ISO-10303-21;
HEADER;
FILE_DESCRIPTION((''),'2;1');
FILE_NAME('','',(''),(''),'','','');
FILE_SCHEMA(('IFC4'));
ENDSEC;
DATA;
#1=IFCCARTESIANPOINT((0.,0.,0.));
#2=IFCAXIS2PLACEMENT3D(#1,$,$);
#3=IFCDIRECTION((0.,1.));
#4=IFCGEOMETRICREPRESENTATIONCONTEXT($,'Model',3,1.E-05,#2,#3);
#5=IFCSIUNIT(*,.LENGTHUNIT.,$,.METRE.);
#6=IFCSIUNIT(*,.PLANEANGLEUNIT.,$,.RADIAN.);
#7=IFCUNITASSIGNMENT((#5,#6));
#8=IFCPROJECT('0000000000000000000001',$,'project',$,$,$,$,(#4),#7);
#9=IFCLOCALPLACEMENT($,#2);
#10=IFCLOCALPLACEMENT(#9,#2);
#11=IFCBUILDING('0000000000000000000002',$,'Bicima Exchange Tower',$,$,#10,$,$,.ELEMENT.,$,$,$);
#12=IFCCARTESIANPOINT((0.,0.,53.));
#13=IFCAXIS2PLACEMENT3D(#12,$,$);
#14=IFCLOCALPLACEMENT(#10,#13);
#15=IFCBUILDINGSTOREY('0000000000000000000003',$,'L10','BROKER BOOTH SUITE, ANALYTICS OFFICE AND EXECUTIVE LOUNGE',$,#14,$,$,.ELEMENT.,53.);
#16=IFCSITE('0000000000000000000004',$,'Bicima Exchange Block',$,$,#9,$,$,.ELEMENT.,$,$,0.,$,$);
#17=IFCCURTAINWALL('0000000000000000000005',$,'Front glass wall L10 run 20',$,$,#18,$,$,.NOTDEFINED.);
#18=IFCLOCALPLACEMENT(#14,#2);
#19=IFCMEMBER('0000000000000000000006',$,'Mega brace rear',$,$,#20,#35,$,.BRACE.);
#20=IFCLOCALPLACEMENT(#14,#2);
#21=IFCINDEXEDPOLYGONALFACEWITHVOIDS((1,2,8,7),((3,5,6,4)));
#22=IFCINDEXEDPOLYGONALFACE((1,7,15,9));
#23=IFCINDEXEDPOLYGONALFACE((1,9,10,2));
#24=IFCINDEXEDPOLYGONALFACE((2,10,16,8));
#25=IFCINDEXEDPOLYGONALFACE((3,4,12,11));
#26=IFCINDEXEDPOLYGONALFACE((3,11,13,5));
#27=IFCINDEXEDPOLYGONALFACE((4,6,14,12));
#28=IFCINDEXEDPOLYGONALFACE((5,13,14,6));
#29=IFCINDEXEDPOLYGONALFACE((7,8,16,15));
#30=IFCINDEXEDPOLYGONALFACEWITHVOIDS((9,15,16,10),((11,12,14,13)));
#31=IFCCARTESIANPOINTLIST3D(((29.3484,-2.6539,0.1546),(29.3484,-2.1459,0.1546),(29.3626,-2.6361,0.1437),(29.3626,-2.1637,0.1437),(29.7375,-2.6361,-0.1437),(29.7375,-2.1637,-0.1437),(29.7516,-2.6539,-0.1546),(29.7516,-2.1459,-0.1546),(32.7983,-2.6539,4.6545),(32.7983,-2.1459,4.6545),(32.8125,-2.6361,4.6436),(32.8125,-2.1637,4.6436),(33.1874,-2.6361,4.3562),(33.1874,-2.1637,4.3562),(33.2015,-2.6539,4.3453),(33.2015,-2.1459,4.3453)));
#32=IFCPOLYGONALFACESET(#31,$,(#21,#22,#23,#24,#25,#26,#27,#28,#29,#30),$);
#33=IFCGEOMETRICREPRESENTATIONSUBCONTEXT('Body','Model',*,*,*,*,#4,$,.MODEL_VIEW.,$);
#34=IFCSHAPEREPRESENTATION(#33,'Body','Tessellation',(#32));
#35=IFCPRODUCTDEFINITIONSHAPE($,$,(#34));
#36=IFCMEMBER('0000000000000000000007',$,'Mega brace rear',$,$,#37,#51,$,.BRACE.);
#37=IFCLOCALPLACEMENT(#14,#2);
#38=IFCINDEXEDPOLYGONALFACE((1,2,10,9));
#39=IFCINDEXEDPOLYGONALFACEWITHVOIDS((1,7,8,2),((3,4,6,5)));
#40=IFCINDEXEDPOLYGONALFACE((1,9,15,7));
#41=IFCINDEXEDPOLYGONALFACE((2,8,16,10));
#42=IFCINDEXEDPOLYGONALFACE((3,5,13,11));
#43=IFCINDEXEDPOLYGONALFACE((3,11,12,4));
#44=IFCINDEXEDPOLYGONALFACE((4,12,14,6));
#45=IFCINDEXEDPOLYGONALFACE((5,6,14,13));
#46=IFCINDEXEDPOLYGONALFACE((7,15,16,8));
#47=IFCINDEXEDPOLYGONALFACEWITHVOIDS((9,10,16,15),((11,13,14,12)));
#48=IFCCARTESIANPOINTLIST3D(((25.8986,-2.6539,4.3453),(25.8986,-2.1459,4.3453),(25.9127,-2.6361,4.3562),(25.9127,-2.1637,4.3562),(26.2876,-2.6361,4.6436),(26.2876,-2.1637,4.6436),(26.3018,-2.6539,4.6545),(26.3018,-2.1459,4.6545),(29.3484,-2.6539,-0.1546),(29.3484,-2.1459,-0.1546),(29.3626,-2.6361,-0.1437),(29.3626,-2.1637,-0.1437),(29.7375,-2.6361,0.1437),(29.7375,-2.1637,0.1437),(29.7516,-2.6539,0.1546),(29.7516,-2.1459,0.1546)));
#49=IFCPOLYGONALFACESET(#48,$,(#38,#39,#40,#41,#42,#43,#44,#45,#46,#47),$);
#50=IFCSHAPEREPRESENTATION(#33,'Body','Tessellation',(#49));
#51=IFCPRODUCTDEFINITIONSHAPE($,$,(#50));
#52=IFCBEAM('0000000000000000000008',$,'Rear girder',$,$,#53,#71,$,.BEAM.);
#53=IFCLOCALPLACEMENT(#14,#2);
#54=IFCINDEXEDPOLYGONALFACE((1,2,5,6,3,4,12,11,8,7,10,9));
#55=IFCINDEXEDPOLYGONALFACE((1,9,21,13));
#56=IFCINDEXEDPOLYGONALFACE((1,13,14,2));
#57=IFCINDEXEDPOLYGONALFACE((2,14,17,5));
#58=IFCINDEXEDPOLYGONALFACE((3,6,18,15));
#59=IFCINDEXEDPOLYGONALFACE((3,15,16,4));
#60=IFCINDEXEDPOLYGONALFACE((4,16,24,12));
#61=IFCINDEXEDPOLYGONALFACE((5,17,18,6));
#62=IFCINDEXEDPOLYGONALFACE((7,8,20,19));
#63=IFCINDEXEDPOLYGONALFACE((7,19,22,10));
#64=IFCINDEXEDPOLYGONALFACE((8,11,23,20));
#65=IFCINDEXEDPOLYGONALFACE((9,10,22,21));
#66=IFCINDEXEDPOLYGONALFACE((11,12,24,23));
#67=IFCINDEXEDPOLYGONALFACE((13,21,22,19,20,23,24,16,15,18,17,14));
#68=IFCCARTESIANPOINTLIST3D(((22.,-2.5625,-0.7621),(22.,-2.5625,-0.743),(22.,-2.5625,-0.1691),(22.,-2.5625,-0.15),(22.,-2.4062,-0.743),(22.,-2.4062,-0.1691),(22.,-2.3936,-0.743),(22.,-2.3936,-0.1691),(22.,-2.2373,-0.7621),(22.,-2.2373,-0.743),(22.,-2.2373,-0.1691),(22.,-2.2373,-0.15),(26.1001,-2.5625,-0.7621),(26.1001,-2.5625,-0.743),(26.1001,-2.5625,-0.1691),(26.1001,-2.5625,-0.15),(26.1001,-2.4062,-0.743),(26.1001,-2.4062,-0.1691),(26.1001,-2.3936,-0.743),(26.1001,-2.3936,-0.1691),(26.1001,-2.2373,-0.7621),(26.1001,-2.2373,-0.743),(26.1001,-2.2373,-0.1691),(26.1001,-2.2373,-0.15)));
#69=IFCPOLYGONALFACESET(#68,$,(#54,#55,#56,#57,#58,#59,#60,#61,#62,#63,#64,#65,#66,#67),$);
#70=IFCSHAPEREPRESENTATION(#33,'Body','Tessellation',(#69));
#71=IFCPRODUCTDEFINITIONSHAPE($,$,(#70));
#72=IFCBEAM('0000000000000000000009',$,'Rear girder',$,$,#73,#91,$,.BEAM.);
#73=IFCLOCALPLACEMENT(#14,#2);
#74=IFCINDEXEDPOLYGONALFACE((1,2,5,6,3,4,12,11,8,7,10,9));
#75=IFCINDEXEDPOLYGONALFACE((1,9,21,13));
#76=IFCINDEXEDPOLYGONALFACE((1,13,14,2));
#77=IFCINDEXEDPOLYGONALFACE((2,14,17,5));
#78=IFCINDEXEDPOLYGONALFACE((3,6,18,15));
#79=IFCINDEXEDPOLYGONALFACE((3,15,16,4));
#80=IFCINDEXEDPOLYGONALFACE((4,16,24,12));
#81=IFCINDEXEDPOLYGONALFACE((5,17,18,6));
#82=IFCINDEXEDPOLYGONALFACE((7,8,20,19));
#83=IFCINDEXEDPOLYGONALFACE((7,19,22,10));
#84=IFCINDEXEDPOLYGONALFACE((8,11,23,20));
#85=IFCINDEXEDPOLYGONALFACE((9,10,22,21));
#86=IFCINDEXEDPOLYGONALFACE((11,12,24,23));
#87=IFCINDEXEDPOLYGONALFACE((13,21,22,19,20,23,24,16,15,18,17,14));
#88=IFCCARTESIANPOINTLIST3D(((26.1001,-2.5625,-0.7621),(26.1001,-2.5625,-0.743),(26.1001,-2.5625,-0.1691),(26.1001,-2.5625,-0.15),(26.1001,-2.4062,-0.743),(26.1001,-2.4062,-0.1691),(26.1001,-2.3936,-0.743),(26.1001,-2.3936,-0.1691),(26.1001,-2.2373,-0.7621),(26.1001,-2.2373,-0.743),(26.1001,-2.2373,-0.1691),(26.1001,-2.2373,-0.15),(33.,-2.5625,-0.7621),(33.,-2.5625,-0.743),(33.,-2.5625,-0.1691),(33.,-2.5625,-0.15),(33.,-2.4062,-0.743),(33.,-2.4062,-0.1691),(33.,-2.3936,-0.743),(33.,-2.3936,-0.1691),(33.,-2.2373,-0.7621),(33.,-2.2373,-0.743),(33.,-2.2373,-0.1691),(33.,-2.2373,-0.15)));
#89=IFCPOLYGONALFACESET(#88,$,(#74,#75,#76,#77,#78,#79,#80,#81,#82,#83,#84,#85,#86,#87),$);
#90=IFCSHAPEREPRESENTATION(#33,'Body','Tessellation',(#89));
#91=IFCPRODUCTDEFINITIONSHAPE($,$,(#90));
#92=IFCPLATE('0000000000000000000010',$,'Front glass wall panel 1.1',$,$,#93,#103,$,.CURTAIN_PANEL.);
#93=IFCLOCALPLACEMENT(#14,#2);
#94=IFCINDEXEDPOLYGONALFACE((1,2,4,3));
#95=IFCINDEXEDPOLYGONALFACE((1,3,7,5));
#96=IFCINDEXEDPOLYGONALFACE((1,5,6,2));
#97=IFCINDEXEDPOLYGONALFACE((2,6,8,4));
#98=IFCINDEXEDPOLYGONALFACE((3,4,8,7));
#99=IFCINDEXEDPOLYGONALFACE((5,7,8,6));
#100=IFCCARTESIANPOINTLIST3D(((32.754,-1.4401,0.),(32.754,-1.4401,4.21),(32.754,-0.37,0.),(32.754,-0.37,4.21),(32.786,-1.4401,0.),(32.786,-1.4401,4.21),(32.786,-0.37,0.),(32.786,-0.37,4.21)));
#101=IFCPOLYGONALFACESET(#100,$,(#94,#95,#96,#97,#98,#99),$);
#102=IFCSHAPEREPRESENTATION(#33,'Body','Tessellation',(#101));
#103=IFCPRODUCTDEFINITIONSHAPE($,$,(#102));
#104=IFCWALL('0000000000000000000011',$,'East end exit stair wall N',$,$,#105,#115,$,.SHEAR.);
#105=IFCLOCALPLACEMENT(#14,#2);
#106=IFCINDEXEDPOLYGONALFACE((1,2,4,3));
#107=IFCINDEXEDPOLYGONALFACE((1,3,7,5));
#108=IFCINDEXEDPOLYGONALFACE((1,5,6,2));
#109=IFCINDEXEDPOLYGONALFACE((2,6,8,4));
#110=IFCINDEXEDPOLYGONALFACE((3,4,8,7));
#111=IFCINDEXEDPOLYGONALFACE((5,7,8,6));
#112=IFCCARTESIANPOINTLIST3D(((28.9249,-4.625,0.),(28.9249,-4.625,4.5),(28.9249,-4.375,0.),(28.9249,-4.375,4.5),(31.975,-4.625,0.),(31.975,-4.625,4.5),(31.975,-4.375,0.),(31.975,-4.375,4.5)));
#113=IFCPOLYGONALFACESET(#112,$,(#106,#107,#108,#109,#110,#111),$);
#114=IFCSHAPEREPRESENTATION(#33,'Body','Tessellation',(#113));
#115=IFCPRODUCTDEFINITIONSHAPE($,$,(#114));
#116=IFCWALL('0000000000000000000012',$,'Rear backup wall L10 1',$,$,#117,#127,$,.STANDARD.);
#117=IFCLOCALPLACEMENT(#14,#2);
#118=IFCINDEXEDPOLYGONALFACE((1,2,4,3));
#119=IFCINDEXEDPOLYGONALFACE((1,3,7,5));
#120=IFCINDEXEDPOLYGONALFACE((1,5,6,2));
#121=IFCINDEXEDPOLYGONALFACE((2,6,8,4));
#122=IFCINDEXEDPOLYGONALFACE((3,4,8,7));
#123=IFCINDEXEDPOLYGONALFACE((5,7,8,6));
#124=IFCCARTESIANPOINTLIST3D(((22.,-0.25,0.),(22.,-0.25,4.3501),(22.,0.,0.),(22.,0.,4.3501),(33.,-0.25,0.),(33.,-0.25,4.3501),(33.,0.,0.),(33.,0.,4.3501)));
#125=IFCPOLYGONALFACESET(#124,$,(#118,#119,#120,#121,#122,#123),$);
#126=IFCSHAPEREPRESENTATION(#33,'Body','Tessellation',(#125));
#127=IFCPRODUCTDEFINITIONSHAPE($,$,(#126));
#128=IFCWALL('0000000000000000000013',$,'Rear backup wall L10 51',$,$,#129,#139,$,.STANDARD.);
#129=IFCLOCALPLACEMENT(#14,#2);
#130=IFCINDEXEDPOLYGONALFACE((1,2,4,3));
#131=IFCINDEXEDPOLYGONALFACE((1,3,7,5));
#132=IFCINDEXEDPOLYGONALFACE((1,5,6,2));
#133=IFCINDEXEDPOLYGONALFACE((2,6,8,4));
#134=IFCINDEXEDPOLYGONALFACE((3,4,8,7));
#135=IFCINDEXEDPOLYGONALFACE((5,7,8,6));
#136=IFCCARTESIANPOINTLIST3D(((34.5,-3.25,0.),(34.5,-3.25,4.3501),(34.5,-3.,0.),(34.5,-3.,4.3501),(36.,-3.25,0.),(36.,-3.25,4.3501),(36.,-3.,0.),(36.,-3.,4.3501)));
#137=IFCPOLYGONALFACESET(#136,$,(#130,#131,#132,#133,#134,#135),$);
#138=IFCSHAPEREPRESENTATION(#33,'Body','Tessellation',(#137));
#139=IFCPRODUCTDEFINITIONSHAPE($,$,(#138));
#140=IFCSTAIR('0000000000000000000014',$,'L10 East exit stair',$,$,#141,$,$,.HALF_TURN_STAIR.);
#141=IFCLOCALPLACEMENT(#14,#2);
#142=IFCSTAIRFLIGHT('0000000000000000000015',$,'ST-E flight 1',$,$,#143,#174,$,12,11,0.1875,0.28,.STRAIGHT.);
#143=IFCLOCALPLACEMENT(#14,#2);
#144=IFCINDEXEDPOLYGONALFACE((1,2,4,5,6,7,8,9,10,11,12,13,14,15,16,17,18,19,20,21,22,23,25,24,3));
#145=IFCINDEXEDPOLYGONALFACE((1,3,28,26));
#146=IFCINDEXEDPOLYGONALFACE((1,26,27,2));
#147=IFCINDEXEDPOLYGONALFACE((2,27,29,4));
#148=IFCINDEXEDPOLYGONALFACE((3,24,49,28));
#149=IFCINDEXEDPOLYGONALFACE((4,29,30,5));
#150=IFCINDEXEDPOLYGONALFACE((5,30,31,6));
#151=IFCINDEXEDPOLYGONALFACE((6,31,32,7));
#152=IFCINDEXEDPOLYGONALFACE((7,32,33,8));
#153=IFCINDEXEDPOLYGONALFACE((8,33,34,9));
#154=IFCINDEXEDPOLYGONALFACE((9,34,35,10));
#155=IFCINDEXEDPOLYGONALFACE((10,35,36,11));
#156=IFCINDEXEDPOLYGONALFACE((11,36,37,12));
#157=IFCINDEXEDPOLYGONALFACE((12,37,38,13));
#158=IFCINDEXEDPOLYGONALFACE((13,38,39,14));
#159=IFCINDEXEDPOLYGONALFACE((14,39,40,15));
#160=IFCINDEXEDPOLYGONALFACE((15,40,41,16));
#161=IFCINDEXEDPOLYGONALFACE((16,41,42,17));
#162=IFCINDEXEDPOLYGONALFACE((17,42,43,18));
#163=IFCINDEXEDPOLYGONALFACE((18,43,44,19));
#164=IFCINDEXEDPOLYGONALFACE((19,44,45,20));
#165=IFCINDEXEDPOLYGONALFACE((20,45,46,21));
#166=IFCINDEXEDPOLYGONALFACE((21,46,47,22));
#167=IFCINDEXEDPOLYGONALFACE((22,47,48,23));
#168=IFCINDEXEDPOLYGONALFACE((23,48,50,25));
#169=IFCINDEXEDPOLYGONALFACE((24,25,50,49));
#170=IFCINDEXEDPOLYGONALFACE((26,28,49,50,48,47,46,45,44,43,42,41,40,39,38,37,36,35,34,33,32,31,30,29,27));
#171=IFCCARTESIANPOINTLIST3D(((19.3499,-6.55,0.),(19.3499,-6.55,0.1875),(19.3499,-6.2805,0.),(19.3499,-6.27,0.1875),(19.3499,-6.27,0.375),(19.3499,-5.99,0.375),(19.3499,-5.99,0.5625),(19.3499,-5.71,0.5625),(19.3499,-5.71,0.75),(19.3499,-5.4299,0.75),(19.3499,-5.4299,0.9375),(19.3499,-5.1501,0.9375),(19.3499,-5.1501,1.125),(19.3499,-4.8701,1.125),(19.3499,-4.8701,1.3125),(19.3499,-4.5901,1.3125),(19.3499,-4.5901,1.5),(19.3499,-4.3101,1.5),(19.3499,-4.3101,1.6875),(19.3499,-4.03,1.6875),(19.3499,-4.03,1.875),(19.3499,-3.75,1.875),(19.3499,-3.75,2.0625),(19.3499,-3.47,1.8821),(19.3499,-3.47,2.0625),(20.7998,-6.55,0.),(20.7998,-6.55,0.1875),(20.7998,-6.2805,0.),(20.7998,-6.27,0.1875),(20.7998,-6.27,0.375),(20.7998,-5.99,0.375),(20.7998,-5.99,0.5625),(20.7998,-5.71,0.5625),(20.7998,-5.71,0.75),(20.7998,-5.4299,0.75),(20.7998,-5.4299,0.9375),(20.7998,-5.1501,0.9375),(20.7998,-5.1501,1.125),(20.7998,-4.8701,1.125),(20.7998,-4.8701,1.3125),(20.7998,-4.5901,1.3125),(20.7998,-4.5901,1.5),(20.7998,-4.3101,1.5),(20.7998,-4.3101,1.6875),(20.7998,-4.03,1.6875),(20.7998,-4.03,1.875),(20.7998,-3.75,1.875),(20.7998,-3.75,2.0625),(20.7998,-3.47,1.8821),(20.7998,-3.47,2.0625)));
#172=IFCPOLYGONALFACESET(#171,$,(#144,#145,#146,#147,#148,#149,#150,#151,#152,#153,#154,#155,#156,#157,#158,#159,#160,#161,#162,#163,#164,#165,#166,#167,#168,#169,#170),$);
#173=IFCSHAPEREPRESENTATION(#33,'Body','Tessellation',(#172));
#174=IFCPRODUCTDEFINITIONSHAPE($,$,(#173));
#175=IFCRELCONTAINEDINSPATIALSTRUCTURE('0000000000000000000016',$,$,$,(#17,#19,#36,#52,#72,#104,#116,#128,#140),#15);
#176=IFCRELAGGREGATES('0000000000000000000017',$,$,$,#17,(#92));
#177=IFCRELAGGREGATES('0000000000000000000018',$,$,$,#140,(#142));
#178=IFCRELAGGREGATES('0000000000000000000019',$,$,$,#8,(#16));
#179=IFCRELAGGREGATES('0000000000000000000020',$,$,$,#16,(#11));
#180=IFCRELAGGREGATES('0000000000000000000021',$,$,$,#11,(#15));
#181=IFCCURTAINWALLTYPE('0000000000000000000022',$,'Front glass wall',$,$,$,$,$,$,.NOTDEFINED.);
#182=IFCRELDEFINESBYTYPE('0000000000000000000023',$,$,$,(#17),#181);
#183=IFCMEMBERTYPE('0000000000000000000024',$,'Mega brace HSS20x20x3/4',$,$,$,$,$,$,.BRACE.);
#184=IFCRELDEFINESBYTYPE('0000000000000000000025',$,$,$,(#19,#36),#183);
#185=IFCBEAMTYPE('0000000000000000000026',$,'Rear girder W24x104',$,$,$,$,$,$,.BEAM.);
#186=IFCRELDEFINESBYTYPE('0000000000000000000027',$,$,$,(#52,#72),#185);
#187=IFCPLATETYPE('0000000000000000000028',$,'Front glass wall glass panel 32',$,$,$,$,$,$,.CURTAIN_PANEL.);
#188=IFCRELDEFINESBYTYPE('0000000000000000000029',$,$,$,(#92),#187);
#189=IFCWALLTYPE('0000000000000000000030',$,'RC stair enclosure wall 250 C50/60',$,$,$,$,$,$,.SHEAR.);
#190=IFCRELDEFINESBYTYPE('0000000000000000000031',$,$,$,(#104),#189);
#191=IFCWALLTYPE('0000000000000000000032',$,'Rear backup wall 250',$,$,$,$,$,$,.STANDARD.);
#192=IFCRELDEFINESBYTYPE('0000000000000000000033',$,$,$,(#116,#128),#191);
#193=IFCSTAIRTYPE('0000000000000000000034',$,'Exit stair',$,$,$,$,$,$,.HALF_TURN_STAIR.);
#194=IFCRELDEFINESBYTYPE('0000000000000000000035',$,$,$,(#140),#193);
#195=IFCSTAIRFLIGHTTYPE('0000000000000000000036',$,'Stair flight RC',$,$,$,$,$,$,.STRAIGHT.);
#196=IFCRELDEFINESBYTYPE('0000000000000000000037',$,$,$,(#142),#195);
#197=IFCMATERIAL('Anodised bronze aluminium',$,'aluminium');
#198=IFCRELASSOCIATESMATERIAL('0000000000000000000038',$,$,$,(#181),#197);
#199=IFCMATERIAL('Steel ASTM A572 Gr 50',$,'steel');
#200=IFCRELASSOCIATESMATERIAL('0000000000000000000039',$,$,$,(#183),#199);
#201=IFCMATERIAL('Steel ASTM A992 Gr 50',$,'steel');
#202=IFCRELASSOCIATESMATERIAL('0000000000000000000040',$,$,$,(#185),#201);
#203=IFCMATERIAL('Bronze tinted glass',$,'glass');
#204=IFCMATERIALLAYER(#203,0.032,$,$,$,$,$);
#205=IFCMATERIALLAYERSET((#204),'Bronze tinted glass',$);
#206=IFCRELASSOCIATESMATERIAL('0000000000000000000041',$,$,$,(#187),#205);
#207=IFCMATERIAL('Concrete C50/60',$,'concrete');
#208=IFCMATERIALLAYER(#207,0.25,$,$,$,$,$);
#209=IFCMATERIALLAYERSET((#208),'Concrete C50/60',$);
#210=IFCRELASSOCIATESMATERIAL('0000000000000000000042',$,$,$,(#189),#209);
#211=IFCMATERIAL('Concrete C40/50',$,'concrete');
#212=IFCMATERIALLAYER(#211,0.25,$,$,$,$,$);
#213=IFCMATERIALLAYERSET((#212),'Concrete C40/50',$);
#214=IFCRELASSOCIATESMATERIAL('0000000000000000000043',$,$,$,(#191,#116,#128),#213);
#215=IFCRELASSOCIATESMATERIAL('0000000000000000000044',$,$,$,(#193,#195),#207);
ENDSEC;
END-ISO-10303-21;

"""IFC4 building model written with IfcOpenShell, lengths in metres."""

from ifc_helpers import new_model, si_unit, direction, frame, frame_2d, origin, origin_2d, place, context, subcontext, project, spatial, polyline, rectangle, hollow_rectangle, i_section, outline, extrude, material, layer, layer_set, layer_usage, material_profile, profile_set, type_object, element, aggregate, save


model = new_model("IFC4")

# Units and contexts
model_context = context("Model", 3, precision=1e-05, world=origin(), true_north=direction((0.0, 1.0)))
body_context = subcontext(model_context, "Body", "Model", "MODEL_VIEW")
ifc_project = project(units=[si_unit("LENGTHUNIT", "METRE"), si_unit("PLANEANGLEUNIT", "RADIAN")], contexts=[model_context])

# Site, building, storey
site_placement = place(None, origin())
site = spatial("IfcSite", under=ifc_project, at=site_placement, Name="Bicima Exchange Block", CompositionType="ELEMENT", RefElevation=0.0)
building_placement = place(site_placement, origin())
building = spatial("IfcBuilding", under=site, at=building_placement, Name="Bicima Exchange Tower", CompositionType="ELEMENT")
storey_placement = place(building_placement, frame((0.0, 0.0, 53.0)))
storey = spatial("IfcBuildingStorey", under=building, at=storey_placement, Name="L10", Description="BROKER BOOTH SUITE, ANALYTICS OFFICE AND EXECUTIVE LOUNGE", CompositionType="ELEMENT", Elevation=53.0)

# Shared definitions
ifc_material_1 = material(Name="Steel ASTM A572 Gr 50", Category="steel")
ifc_material_2 = material(Name="Steel ASTM A992 Gr 50", Category="steel")

# Curtain wall
ifc_material_3 = material(Name="Anodised bronze aluminium", Category="aluminium")
curtain_wall_type = type_object("IfcCurtainWallType", Name="Front glass wall", PredefinedType="NOTDEFINED", material=ifc_material_3)
curtain_wall_placement = place(storey_placement, origin())
curtain_wall = element("IfcCurtainWall", 1, at=curtain_wall_placement, inside=storey, type_object=curtain_wall_type, Name="Front glass wall L10 run 20", PredefinedType="NOTDEFINED")

# Members
ifc_material_profile_1 = material_profile(ifc_material_1, hollow_rectangle(XDim=0.5081, YDim=0.5081, WallThickness=0.0178, at=origin_2d()))
ifc_profile_set_1 = profile_set([ifc_material_profile_1], Name="Steel ASTM A572 Gr 50")
member_type_1 = type_object("IfcMemberType", Name="Mega brace HSS20x20x3/4", PredefinedType="BRACE", material=ifc_profile_set_1)
for number, where, z_axis, x_axis, name in (
    (2, (29.55, -2.3999, 0.0), (0.608426, 0.0, 0.793611), (0.0, 1.0, 0.0), "Mega brace rear"),
    (3, (29.55, -2.3999, 0.0), (-0.608426, 0.0, 0.793611), (0.0, -1.0, 0.0), "Mega brace rear"),
):
    element("IfcMember", number, at=place(storey_placement, frame(where, z_axis=z_axis, x_axis=x_axis)), inside=storey, type_object=member_type_1, Name=name, PredefinedType="BRACE", context=body_context, shape_type="SweptSolid", body=[
        extrude(hollow_rectangle(XDim=0.5081, YDim=0.5081, WallThickness=0.0178, at=origin_2d()), origin(), (0.0, 0.0, 1.0), 5.6702),
    ])

# Beams
ifc_material_profile_2 = material_profile(ifc_material_2, i_section(OverallWidth=0.3252, OverallDepth=0.6121, WebThickness=0.0127, FlangeThickness=0.019, at=origin_2d()))
ifc_profile_set_2 = profile_set([ifc_material_profile_2], Name="Steel ASTM A992 Gr 50")
beam_type_1 = type_object("IfcBeamType", Name="Rear girder W24x104", PredefinedType="BEAM", material=ifc_profile_set_2)
beam_1_placement = place(storey_placement, frame((22.0, -2.3999, -0.4561), z_axis=(1.0, 0.0, 0.0), x_axis=(0.0, 1.0, 0.0)))
element("IfcBeam", 4, at=beam_1_placement, inside=storey, type_object=beam_type_1, Name="Rear girder", PredefinedType="BEAM", context=body_context, shape_type="SweptSolid", body=[
    extrude(i_section(OverallWidth=0.3252, OverallDepth=0.6121, WebThickness=0.0127, FlangeThickness=0.019, at=origin_2d()), origin(), (0.0, 0.0, 1.0), 4.1001),
])
beam_2_placement = place(storey_placement, frame((26.1001, -2.3999, -0.4561), z_axis=(1.0, 0.0, 0.0), x_axis=(0.0, 1.0, 0.0)))
element("IfcBeam", 5, at=beam_2_placement, inside=storey, type_object=beam_type_1, Name="Rear girder", PredefinedType="BEAM", context=body_context, shape_type="SweptSolid", body=[
    extrude(i_section(OverallWidth=0.3252, OverallDepth=0.6121, WebThickness=0.0127, FlangeThickness=0.019, at=origin_2d()), origin(), (0.0, 0.0, 1.0), 6.8999),
])

# Plate
ifc_material_4 = material(Name="Bronze tinted glass", Category="glass")
ifc_layer_1 = layer(ifc_material_4, 0.032)
ifc_layer_set_1 = layer_set([ifc_layer_1], Name="Bronze tinted glass")
plate_type = type_object("IfcPlateType", Name="Front glass wall glass panel 32", PredefinedType="CURTAIN_PANEL", material=ifc_layer_set_1)
plate_placement = place(storey_placement, frame((32.77, -0.905, 0.0), z_axis=(0.0, 0.0, 1.0), x_axis=(0.0, 1.0, 0.0)))
plate = element("IfcPlate", 6, at=plate_placement, type_object=plate_type, Name="Front glass wall panel 1.1", PredefinedType="CURTAIN_PANEL", context=body_context, shape_type="SweptSolid", body=[
    extrude(rectangle(XDim=1.0701, YDim=0.032, at=origin_2d()), origin(), (0.0, 0.0, 1.0), 4.21),
])
aggregate(curtain_wall, [plate])

# Walls
ifc_material_5 = material(Name="Concrete C50/60", Category="concrete")
ifc_layer_2 = layer(ifc_material_5, 0.25)
ifc_layer_set_2 = layer_set([ifc_layer_2], Name="Concrete C50/60")
wall_type_1 = type_object("IfcWallType", Name="RC stair enclosure wall 250 C50/60", PredefinedType="SHEAR", material=ifc_layer_set_2)
wall_1_placement = place(storey_placement, frame((28.925, -4.5, 0.0), z_axis=(0.0, 0.0, 1.0), x_axis=(1.0, 0.0, 0.0)))
element("IfcWall", 7, at=wall_1_placement, inside=storey, type_object=wall_type_1, Name="East end exit stair wall N", PredefinedType="SHEAR", context=body_context, shape_type="SweptSolid", body=[
    extrude(rectangle(XDim=3.05, YDim=0.25, at=frame_2d((1.5249, 0.0))), origin(), (0.0, 0.0, 1.0), 4.5),
])
ifc_material_6 = material(Name="Concrete C40/50", Category="concrete")
ifc_layer_3 = layer(ifc_material_6, 0.25)
ifc_layer_set_3 = layer_set([ifc_layer_3], Name="Concrete C40/50")
ifc_layer_usage = layer_usage(ifc_layer_set_3, "AXIS2", "POSITIVE", -0.125)
wall_type_2 = type_object("IfcWallType", Name="Rear backup wall 250", PredefinedType="STANDARD", material=ifc_layer_set_3)
wall_2_placement = place(storey_placement, frame((33.0, -0.125, 0.0), z_axis=(0.0, 0.0, 1.0), x_axis=(-1.0, 0.0, 0.0)))
element("IfcWall", 8, at=wall_2_placement, inside=storey, type_object=wall_type_2, material=ifc_layer_usage, Name="Rear backup wall L10 1", PredefinedType="STANDARD", context=body_context, shape_type="SweptSolid", body=[
    extrude(rectangle(XDim=11.0, YDim=0.25, at=frame_2d((5.5, 0.0))), origin(), (0.0, 0.0, 1.0), 4.3501),
])
wall_3_placement = place(storey_placement, frame((36.0, -3.125, 0.0), z_axis=(0.0, 0.0, 1.0), x_axis=(-1.0, 0.0, 0.0)))
element("IfcWall", 9, at=wall_3_placement, inside=storey, type_object=wall_type_2, material=ifc_layer_usage, Name="Rear backup wall L10 51", PredefinedType="STANDARD", context=body_context, shape_type="SweptSolid", body=[
    extrude(rectangle(XDim=1.5, YDim=0.25, at=frame_2d((0.75, 0.0))), origin(), (0.0, 0.0, 1.0), 4.3501),
])

# Stair, stair flight
stair_type = type_object("IfcStairType", Name="Exit stair", PredefinedType="HALF_TURN_STAIR", material=ifc_material_5)
stair_1_placement = place(storey_placement, origin())
stair_1 = element("IfcStair", 10, at=stair_1_placement, inside=storey, type_object=stair_type, Name="L10 East exit stair", PredefinedType="HALF_TURN_STAIR")
stair_flight_type = type_object("IfcStairFlightType", Name="Stair flight RC", PredefinedType="STRAIGHT", material=ifc_material_5)
stair_flight_1_placement = place(storey_placement, frame((20.075, -6.55, 0.0), z_axis=(0.0, 0.0, 1.0), x_axis=(0.0, 1.0, 0.0)))
stair_flight_1 = element("IfcStairFlight", 11, at=stair_flight_1_placement, type_object=stair_flight_type, Name="ST-E flight 1", NumberOfRisers=12, NumberOfTreads=11, PredefinedType="STRAIGHT", RiserHeight=0.1875, TreadLength=0.28, context=body_context, shape_type="SweptSolid", body=[
    extrude(outline(polyline([(0.0, 0.0), (0.0, 0.1875), (0.28, 0.1875), (0.28, 0.375), (0.5601, 0.375), (0.5601, 0.5625), (0.8401, 0.5625), (0.8401, 0.75), (1.1201, 0.75), (1.1201, 0.9375), (1.3999, 0.9375), (1.3999, 1.125), (1.6799, 1.125), (1.6799, 1.3125), (1.96, 1.3125), (1.96, 1.5), (2.24, 1.5), (2.24, 1.6875), (2.52, 1.6875), (2.52, 1.875), (2.8, 1.875), (2.8, 2.0625), (3.0801, 2.0625), (3.0801, 2.25), (3.0801, 1.8821), (0.2695, 0.0), (0.0, 0.0)])), frame((0.0, 0.7251, 0.0), z_axis=(0.0, -1.0, 0.0), x_axis=(1.0, 0.0, 0.0)), (0.0, 0.0, 1.0), 1.45),
])
aggregate(stair_1, [stair_flight_1])

save(model, "model.ifc")
